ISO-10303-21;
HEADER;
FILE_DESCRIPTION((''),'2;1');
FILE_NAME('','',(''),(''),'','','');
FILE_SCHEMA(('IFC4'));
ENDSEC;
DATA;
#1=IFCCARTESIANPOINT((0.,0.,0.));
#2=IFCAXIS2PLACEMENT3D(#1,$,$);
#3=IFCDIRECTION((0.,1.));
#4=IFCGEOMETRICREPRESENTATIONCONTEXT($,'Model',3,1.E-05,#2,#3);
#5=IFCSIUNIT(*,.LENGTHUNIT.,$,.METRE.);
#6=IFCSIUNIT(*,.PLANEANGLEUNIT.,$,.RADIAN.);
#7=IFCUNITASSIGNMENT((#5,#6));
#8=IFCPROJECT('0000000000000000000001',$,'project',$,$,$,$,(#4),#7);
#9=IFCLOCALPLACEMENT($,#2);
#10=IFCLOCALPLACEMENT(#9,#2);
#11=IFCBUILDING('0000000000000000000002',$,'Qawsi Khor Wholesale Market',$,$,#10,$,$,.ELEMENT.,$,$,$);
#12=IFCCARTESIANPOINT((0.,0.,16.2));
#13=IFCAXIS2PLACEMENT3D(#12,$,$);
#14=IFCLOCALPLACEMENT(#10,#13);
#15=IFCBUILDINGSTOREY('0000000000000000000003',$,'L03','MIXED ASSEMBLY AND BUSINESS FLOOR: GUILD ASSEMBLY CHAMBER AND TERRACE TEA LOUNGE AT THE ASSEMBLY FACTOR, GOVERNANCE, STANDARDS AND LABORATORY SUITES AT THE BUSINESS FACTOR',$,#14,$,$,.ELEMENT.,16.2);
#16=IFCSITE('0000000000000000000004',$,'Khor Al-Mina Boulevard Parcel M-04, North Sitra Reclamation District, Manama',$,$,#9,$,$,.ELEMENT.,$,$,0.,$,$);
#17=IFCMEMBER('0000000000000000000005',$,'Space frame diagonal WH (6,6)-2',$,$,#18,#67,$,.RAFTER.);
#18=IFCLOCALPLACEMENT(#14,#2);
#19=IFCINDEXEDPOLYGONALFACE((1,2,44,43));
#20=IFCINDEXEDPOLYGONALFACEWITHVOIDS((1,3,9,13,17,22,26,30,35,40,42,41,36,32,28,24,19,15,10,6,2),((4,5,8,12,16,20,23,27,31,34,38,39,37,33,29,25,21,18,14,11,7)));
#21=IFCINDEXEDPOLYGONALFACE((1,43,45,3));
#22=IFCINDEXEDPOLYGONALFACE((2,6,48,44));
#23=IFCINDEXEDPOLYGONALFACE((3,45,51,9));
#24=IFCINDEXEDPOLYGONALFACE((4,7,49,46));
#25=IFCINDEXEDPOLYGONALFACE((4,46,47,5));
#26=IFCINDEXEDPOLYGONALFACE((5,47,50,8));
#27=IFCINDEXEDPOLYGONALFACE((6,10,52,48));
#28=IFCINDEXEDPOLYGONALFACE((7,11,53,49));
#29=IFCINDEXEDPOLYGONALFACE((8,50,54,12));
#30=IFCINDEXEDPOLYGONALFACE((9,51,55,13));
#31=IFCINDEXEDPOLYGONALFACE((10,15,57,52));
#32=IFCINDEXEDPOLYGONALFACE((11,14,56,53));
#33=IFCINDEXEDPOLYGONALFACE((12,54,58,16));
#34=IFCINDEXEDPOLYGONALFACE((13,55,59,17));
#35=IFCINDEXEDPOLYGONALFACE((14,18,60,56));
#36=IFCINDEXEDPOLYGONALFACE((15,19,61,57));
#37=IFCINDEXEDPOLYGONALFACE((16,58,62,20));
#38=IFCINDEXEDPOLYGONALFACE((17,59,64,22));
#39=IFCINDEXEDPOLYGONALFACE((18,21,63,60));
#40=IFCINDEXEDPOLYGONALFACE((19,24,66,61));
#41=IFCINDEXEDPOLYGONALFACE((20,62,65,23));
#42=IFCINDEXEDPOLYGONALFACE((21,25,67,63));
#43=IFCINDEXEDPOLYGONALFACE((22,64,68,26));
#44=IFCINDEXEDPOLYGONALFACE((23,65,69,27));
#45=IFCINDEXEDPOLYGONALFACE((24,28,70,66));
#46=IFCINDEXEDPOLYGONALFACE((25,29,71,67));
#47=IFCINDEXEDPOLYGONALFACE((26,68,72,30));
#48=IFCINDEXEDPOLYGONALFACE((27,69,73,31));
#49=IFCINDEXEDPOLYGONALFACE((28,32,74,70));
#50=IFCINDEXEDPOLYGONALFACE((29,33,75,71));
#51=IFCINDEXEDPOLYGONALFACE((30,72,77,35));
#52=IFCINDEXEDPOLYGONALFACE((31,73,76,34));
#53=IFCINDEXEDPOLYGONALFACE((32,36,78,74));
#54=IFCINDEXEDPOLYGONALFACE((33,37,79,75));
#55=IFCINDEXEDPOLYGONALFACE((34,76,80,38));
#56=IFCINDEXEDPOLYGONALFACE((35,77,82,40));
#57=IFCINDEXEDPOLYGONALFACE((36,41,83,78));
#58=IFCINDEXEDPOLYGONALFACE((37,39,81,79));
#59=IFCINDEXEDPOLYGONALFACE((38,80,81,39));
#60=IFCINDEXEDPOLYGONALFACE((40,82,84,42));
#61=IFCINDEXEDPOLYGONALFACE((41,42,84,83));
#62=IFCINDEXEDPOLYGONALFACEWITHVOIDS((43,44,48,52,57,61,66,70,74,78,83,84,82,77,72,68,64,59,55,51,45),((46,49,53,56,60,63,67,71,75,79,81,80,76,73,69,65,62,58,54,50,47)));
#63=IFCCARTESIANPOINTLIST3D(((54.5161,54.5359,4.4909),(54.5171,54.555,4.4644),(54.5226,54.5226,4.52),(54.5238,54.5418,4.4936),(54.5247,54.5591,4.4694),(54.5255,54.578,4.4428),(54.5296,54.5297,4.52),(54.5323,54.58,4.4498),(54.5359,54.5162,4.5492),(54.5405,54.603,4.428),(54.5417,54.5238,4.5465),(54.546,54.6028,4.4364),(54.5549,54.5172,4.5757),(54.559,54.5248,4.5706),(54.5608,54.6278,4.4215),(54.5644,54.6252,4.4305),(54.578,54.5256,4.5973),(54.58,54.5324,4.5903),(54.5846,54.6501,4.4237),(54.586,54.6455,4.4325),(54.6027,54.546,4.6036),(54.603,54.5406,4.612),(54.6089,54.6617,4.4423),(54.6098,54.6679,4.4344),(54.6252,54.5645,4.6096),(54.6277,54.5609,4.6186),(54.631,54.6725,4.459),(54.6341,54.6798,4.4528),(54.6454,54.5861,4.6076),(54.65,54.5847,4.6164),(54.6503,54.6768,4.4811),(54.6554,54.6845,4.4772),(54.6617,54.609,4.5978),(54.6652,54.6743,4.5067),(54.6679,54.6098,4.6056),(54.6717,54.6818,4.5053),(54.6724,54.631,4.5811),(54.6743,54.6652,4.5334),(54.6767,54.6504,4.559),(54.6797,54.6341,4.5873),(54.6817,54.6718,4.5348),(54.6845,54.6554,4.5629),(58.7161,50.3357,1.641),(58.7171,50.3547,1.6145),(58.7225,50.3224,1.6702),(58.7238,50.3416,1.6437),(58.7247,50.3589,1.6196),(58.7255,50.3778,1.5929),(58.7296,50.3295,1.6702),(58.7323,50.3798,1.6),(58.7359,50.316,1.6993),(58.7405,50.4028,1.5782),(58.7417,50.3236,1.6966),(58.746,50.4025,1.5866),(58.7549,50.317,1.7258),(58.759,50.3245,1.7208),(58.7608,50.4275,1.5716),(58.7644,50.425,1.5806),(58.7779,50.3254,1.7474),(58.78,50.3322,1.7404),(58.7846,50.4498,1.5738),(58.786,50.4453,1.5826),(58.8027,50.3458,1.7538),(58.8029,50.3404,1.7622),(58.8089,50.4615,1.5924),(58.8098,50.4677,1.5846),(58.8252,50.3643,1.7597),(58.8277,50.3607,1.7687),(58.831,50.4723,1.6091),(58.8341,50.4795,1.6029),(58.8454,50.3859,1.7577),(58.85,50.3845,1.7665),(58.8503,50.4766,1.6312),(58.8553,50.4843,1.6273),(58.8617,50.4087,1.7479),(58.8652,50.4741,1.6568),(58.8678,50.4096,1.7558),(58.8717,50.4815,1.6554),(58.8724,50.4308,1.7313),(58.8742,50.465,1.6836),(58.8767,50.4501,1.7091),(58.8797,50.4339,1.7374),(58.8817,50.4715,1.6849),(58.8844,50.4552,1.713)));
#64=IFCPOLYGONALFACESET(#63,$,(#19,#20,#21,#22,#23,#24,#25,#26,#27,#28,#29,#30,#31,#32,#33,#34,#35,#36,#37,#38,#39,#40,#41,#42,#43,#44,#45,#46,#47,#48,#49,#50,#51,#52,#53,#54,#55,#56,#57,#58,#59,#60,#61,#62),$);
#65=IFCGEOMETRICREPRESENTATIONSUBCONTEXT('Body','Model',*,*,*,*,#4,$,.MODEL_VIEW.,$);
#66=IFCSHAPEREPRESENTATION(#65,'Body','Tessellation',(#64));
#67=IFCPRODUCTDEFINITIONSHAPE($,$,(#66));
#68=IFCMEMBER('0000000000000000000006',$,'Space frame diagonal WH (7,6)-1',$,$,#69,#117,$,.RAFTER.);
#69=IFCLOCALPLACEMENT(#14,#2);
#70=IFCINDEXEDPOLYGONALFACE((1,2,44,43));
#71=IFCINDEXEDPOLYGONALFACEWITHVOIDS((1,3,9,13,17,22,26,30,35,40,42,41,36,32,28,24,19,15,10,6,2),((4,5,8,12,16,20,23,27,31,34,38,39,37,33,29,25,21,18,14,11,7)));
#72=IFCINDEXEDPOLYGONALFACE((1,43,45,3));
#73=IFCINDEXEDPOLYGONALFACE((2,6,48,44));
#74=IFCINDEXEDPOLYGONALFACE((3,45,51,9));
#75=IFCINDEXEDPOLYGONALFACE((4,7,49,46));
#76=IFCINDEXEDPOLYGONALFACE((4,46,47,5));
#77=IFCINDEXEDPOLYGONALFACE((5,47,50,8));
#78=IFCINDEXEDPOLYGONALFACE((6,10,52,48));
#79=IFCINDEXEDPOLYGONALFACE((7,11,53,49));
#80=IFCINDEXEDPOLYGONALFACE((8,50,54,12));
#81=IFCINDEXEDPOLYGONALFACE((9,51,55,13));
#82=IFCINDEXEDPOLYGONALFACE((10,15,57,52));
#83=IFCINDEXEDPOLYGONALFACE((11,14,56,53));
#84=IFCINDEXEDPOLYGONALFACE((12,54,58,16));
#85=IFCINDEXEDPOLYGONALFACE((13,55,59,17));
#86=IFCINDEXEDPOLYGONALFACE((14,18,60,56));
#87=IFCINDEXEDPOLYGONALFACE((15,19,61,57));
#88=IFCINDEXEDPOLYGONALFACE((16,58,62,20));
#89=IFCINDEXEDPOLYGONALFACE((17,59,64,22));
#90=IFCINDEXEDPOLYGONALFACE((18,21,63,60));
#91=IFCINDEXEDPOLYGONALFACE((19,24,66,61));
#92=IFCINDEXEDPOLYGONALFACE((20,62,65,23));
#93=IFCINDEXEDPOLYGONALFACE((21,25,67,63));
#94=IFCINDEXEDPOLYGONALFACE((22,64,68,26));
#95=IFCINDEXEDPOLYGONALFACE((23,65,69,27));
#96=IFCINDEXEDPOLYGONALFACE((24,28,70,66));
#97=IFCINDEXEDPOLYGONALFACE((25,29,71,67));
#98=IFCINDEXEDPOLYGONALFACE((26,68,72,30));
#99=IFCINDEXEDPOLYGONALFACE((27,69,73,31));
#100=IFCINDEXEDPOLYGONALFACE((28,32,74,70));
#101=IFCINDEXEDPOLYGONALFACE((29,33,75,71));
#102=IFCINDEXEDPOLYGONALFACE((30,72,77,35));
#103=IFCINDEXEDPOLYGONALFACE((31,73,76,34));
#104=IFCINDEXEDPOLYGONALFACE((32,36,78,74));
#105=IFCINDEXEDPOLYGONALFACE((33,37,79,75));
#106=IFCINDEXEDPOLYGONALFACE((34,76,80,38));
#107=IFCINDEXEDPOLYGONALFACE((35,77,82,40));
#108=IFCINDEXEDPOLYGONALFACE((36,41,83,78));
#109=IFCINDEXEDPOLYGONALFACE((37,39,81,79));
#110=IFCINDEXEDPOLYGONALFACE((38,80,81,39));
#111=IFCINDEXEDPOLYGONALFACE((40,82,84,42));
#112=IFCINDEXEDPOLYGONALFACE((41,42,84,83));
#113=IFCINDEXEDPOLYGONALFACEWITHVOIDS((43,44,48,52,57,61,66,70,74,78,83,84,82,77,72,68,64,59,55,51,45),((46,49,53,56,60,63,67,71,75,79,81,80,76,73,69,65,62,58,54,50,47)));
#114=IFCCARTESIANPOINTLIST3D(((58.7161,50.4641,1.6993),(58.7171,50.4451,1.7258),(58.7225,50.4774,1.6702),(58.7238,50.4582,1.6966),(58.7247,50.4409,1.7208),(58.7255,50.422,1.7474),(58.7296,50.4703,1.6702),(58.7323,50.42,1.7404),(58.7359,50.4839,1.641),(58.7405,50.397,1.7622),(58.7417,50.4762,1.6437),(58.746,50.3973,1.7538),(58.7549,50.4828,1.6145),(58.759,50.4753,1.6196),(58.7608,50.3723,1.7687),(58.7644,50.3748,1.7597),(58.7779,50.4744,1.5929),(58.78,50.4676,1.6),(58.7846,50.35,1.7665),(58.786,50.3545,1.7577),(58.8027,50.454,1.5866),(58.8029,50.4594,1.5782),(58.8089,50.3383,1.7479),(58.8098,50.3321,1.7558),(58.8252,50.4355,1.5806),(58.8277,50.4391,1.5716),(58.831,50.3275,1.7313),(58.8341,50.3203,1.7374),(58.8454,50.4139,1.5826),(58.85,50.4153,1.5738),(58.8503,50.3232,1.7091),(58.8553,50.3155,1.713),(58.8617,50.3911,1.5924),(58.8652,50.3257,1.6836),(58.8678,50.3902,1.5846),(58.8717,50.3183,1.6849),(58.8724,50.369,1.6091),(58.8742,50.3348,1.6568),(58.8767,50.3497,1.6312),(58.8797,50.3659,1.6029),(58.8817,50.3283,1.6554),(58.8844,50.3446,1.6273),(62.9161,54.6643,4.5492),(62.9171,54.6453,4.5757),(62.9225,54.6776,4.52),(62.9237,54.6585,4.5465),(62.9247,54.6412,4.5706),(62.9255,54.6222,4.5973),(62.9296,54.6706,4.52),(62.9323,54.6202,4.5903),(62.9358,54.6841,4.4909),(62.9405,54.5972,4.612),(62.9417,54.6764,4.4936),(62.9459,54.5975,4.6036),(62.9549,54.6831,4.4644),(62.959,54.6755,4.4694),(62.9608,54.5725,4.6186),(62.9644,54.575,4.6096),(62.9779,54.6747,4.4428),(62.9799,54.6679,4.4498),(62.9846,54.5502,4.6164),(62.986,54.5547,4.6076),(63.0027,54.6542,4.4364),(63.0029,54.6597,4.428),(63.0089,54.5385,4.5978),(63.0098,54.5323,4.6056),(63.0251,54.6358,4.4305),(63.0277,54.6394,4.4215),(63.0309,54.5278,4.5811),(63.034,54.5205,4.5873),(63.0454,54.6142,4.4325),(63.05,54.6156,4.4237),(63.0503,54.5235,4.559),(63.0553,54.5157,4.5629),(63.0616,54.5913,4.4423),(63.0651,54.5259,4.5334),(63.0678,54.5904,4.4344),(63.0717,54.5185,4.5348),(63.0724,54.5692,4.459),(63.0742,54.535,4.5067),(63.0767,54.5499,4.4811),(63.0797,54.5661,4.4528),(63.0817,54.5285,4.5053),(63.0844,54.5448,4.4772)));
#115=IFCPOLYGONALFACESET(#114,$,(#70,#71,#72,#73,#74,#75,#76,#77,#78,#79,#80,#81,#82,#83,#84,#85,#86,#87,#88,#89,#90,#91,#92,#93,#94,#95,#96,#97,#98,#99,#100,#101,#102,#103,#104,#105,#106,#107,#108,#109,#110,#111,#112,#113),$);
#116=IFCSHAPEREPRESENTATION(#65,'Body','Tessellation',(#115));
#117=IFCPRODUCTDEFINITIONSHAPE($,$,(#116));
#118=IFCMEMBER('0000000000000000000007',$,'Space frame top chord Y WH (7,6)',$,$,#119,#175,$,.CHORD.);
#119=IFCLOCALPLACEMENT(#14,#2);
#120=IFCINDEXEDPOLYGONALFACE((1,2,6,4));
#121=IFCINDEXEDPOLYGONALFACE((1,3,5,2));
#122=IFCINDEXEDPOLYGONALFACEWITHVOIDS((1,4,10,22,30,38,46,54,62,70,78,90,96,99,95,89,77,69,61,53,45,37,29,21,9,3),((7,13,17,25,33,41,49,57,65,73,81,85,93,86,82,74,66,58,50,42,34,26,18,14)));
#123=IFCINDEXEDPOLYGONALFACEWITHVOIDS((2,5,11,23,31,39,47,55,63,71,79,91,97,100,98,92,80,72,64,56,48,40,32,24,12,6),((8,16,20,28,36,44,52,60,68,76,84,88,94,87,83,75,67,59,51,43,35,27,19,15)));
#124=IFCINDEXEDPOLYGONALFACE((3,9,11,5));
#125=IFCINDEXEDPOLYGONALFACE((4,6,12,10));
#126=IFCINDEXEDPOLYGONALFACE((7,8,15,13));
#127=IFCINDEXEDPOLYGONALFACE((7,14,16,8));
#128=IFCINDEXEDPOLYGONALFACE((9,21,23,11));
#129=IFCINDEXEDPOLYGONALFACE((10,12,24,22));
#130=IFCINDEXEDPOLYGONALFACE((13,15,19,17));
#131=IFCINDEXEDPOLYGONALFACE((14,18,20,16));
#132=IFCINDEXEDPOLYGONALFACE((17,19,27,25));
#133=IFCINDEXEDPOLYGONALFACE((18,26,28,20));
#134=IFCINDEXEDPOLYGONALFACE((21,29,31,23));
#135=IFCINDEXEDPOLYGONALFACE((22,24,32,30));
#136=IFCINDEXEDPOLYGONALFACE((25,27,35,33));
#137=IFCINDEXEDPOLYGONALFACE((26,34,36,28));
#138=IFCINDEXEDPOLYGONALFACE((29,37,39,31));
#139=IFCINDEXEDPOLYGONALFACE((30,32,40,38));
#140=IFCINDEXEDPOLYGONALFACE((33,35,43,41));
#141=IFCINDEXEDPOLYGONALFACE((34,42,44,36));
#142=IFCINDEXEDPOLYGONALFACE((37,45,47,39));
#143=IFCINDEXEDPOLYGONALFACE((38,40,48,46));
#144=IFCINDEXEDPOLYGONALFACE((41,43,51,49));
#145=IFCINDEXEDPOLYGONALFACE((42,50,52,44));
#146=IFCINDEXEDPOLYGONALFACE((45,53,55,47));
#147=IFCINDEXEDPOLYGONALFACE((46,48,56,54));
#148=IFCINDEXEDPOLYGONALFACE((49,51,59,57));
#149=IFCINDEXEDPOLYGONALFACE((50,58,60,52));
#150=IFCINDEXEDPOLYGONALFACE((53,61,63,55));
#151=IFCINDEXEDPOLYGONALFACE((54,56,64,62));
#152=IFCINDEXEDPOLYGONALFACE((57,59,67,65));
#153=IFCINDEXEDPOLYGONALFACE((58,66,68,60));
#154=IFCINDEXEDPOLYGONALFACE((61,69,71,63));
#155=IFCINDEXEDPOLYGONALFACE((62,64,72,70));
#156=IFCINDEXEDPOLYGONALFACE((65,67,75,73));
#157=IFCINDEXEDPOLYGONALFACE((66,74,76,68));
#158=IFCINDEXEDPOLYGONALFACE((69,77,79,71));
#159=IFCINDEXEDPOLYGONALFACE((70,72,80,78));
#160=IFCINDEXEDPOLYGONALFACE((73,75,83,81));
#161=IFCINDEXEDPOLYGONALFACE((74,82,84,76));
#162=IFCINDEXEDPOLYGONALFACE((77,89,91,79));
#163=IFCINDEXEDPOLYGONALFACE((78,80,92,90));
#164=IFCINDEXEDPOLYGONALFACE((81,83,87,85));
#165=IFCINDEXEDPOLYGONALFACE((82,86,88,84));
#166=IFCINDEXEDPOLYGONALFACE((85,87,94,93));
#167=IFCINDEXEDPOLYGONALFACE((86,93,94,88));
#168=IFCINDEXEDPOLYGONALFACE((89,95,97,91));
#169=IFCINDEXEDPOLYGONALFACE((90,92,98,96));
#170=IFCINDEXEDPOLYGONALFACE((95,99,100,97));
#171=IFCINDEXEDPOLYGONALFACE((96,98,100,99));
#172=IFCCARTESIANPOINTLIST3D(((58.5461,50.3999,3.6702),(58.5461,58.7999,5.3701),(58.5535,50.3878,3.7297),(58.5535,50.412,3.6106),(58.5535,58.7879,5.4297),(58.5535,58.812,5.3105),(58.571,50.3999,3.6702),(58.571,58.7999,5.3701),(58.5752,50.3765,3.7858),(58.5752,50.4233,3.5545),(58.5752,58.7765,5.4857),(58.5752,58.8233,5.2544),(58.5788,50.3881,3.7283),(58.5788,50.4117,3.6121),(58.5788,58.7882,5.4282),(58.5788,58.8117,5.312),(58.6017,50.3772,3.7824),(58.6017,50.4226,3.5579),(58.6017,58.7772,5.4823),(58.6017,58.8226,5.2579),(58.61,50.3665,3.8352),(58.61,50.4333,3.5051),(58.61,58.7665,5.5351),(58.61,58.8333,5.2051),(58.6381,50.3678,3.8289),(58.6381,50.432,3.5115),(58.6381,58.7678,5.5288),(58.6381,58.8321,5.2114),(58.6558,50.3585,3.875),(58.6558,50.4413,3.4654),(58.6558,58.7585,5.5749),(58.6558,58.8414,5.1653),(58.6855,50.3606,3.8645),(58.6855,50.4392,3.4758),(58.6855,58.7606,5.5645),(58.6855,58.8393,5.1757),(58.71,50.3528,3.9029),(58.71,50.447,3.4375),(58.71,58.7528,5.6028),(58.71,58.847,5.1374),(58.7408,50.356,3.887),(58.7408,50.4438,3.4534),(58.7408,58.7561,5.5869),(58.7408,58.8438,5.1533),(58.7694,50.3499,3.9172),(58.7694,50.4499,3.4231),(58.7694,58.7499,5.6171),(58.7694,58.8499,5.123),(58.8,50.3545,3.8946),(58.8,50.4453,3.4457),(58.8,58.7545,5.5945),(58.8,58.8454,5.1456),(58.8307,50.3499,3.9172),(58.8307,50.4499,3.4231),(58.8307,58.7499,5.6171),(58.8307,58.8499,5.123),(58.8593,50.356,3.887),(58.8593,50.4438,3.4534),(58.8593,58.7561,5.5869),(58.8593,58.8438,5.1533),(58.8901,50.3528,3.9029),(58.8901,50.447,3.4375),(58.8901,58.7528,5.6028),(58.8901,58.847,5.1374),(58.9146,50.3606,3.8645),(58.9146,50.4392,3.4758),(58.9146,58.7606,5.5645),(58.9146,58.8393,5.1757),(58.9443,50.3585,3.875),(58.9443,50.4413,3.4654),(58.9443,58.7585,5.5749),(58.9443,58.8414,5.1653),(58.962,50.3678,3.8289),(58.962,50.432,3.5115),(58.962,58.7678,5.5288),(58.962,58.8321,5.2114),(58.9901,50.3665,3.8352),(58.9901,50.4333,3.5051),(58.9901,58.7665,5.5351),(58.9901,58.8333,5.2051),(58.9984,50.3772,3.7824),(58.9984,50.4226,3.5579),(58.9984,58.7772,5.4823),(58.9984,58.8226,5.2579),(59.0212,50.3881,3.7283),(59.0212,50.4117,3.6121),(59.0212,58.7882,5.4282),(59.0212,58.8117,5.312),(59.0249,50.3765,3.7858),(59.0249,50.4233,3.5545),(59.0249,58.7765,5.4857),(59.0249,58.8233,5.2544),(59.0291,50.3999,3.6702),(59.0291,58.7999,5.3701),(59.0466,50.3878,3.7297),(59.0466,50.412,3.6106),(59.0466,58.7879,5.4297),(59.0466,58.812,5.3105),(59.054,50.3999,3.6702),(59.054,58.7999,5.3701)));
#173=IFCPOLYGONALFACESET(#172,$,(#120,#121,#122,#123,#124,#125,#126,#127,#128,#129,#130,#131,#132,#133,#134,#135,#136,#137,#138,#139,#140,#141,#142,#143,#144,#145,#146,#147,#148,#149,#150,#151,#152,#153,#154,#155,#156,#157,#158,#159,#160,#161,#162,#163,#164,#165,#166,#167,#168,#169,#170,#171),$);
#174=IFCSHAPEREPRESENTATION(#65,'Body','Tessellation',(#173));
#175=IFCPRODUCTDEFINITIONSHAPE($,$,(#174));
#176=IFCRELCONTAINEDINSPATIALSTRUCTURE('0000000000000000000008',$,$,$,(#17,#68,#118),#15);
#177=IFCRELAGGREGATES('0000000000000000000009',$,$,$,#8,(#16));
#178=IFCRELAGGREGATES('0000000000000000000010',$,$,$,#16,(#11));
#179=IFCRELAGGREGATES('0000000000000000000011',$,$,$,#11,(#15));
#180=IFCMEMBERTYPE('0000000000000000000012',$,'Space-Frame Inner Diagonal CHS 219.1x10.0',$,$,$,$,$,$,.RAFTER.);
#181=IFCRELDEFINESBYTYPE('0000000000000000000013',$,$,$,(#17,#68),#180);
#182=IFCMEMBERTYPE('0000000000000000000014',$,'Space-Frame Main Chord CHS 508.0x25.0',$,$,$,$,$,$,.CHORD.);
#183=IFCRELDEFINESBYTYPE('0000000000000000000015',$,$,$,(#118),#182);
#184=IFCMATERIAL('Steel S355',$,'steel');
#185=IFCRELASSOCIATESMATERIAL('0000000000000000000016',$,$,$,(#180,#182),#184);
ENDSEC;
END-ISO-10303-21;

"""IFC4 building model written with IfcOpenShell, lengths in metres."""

from ifc_helpers import new_model, si_unit, direction, frame, origin, origin_2d, place, context, subcontext, project, spatial, hollow_circle, extrude, material, material_profile, profile_set, type_object, element, save


model = new_model("IFC4")

# Units and contexts
model_context = context("Model", 3, precision=1e-05, world=origin(), true_north=direction((0.0, 1.0)))
body_context = subcontext(model_context, "Body", "Model", "MODEL_VIEW")
ifc_project = project(units=[si_unit("LENGTHUNIT", "METRE"), si_unit("PLANEANGLEUNIT", "RADIAN")], contexts=[model_context])

# Site, building, storey
site_placement = place(None, origin())
site = spatial("IfcSite", under=ifc_project, at=site_placement, Name="Khor Al-Mina Boulevard Parcel M-04, North Sitra Reclamation District, Manama", CompositionType="ELEMENT", RefElevation=0.0)
building_placement = place(site_placement, origin())
building = spatial("IfcBuilding", under=site, at=building_placement, Name="Qawsi Khor Wholesale Market", CompositionType="ELEMENT")
storey_placement = place(building_placement, frame((0.0, 0.0, 16.2)))
storey = spatial("IfcBuildingStorey", under=building, at=storey_placement, Name="L03", Description="MIXED ASSEMBLY AND BUSINESS FLOOR: GUILD ASSEMBLY CHAMBER AND TERRACE TEA LOUNGE AT THE ASSEMBLY FACTOR, GOVERNANCE, STANDARDS AND LABORATORY SUITES AT THE BUSINESS FACTOR", CompositionType="ELEMENT", Elevation=16.2)

# Members
ifc_material_1 = material(Name="Steel S355", Category="steel")
ifc_material_profile_1 = material_profile(ifc_material_1, hollow_circle(Radius=0.1096, WallThickness=0.01, at=origin_2d()), Name="CHS 219.1x10.0")
ifc_profile_set_1 = profile_set([ifc_material_profile_1], Name="Steel S355")
member_type_1 = type_object("IfcMemberType", Name="Space-Frame Inner Diagonal CHS 219.1x10.0", PredefinedType="RAFTER", material=ifc_profile_set_1)
for number, where, z_axis, x_axis, name in (
    (1, (58.8, 50.3999, 1.6702), (-0.637507, 0.637544, 0.432577), (-0.707127, -0.707086, 0.0), "Space frame diagonal WH (6,6)-2"),
    (2, (58.8, 50.3999, 1.6702), (0.637507, 0.637544, 0.432577), (-0.707127, 0.707086, 0.0), "Space frame diagonal WH (7,6)-1"),
):
    element("IfcMember", number, at=place(storey_placement, frame(where, z_axis=z_axis, x_axis=x_axis)), inside=storey, type_object=member_type_1, Name=name, PredefinedType="RAFTER", context=body_context, shape_type="SweptSolid", body=[
        extrude(hollow_circle(Radius=0.1096, WallThickness=0.01, at=origin_2d()), origin(), (0.0, 0.0, 1.0), 6.5881),
    ])
ifc_material_profile_2 = material_profile(ifc_material_1, hollow_circle(Radius=0.2539, WallThickness=0.0249, at=origin_2d()), Name="CHS 508.0x25.0")
ifc_profile_set_2 = profile_set([ifc_material_profile_2], Name="Steel S355")
member_type_2 = type_object("IfcMemberType", Name="Space-Frame Main Chord CHS 508.0x25.0", PredefinedType="CHORD", material=ifc_profile_set_2)
member_1_placement = place(storey_placement, frame((58.8, 50.3999, 3.6702), z_axis=(0.0, 0.980131, 0.198351), x_axis=(-1.0, 0.0, 0.0)))
element("IfcMember", 3, at=member_1_placement, inside=storey, type_object=member_type_2, Name="Space frame top chord Y WH (7,6)", PredefinedType="CHORD", context=body_context, shape_type="SweptSolid", body=[
    extrude(hollow_circle(Radius=0.2539, WallThickness=0.0249, at=origin_2d()), origin(), (0.0, 0.0, 1.0), 8.5703),
])

save(model, "model.ifc")
